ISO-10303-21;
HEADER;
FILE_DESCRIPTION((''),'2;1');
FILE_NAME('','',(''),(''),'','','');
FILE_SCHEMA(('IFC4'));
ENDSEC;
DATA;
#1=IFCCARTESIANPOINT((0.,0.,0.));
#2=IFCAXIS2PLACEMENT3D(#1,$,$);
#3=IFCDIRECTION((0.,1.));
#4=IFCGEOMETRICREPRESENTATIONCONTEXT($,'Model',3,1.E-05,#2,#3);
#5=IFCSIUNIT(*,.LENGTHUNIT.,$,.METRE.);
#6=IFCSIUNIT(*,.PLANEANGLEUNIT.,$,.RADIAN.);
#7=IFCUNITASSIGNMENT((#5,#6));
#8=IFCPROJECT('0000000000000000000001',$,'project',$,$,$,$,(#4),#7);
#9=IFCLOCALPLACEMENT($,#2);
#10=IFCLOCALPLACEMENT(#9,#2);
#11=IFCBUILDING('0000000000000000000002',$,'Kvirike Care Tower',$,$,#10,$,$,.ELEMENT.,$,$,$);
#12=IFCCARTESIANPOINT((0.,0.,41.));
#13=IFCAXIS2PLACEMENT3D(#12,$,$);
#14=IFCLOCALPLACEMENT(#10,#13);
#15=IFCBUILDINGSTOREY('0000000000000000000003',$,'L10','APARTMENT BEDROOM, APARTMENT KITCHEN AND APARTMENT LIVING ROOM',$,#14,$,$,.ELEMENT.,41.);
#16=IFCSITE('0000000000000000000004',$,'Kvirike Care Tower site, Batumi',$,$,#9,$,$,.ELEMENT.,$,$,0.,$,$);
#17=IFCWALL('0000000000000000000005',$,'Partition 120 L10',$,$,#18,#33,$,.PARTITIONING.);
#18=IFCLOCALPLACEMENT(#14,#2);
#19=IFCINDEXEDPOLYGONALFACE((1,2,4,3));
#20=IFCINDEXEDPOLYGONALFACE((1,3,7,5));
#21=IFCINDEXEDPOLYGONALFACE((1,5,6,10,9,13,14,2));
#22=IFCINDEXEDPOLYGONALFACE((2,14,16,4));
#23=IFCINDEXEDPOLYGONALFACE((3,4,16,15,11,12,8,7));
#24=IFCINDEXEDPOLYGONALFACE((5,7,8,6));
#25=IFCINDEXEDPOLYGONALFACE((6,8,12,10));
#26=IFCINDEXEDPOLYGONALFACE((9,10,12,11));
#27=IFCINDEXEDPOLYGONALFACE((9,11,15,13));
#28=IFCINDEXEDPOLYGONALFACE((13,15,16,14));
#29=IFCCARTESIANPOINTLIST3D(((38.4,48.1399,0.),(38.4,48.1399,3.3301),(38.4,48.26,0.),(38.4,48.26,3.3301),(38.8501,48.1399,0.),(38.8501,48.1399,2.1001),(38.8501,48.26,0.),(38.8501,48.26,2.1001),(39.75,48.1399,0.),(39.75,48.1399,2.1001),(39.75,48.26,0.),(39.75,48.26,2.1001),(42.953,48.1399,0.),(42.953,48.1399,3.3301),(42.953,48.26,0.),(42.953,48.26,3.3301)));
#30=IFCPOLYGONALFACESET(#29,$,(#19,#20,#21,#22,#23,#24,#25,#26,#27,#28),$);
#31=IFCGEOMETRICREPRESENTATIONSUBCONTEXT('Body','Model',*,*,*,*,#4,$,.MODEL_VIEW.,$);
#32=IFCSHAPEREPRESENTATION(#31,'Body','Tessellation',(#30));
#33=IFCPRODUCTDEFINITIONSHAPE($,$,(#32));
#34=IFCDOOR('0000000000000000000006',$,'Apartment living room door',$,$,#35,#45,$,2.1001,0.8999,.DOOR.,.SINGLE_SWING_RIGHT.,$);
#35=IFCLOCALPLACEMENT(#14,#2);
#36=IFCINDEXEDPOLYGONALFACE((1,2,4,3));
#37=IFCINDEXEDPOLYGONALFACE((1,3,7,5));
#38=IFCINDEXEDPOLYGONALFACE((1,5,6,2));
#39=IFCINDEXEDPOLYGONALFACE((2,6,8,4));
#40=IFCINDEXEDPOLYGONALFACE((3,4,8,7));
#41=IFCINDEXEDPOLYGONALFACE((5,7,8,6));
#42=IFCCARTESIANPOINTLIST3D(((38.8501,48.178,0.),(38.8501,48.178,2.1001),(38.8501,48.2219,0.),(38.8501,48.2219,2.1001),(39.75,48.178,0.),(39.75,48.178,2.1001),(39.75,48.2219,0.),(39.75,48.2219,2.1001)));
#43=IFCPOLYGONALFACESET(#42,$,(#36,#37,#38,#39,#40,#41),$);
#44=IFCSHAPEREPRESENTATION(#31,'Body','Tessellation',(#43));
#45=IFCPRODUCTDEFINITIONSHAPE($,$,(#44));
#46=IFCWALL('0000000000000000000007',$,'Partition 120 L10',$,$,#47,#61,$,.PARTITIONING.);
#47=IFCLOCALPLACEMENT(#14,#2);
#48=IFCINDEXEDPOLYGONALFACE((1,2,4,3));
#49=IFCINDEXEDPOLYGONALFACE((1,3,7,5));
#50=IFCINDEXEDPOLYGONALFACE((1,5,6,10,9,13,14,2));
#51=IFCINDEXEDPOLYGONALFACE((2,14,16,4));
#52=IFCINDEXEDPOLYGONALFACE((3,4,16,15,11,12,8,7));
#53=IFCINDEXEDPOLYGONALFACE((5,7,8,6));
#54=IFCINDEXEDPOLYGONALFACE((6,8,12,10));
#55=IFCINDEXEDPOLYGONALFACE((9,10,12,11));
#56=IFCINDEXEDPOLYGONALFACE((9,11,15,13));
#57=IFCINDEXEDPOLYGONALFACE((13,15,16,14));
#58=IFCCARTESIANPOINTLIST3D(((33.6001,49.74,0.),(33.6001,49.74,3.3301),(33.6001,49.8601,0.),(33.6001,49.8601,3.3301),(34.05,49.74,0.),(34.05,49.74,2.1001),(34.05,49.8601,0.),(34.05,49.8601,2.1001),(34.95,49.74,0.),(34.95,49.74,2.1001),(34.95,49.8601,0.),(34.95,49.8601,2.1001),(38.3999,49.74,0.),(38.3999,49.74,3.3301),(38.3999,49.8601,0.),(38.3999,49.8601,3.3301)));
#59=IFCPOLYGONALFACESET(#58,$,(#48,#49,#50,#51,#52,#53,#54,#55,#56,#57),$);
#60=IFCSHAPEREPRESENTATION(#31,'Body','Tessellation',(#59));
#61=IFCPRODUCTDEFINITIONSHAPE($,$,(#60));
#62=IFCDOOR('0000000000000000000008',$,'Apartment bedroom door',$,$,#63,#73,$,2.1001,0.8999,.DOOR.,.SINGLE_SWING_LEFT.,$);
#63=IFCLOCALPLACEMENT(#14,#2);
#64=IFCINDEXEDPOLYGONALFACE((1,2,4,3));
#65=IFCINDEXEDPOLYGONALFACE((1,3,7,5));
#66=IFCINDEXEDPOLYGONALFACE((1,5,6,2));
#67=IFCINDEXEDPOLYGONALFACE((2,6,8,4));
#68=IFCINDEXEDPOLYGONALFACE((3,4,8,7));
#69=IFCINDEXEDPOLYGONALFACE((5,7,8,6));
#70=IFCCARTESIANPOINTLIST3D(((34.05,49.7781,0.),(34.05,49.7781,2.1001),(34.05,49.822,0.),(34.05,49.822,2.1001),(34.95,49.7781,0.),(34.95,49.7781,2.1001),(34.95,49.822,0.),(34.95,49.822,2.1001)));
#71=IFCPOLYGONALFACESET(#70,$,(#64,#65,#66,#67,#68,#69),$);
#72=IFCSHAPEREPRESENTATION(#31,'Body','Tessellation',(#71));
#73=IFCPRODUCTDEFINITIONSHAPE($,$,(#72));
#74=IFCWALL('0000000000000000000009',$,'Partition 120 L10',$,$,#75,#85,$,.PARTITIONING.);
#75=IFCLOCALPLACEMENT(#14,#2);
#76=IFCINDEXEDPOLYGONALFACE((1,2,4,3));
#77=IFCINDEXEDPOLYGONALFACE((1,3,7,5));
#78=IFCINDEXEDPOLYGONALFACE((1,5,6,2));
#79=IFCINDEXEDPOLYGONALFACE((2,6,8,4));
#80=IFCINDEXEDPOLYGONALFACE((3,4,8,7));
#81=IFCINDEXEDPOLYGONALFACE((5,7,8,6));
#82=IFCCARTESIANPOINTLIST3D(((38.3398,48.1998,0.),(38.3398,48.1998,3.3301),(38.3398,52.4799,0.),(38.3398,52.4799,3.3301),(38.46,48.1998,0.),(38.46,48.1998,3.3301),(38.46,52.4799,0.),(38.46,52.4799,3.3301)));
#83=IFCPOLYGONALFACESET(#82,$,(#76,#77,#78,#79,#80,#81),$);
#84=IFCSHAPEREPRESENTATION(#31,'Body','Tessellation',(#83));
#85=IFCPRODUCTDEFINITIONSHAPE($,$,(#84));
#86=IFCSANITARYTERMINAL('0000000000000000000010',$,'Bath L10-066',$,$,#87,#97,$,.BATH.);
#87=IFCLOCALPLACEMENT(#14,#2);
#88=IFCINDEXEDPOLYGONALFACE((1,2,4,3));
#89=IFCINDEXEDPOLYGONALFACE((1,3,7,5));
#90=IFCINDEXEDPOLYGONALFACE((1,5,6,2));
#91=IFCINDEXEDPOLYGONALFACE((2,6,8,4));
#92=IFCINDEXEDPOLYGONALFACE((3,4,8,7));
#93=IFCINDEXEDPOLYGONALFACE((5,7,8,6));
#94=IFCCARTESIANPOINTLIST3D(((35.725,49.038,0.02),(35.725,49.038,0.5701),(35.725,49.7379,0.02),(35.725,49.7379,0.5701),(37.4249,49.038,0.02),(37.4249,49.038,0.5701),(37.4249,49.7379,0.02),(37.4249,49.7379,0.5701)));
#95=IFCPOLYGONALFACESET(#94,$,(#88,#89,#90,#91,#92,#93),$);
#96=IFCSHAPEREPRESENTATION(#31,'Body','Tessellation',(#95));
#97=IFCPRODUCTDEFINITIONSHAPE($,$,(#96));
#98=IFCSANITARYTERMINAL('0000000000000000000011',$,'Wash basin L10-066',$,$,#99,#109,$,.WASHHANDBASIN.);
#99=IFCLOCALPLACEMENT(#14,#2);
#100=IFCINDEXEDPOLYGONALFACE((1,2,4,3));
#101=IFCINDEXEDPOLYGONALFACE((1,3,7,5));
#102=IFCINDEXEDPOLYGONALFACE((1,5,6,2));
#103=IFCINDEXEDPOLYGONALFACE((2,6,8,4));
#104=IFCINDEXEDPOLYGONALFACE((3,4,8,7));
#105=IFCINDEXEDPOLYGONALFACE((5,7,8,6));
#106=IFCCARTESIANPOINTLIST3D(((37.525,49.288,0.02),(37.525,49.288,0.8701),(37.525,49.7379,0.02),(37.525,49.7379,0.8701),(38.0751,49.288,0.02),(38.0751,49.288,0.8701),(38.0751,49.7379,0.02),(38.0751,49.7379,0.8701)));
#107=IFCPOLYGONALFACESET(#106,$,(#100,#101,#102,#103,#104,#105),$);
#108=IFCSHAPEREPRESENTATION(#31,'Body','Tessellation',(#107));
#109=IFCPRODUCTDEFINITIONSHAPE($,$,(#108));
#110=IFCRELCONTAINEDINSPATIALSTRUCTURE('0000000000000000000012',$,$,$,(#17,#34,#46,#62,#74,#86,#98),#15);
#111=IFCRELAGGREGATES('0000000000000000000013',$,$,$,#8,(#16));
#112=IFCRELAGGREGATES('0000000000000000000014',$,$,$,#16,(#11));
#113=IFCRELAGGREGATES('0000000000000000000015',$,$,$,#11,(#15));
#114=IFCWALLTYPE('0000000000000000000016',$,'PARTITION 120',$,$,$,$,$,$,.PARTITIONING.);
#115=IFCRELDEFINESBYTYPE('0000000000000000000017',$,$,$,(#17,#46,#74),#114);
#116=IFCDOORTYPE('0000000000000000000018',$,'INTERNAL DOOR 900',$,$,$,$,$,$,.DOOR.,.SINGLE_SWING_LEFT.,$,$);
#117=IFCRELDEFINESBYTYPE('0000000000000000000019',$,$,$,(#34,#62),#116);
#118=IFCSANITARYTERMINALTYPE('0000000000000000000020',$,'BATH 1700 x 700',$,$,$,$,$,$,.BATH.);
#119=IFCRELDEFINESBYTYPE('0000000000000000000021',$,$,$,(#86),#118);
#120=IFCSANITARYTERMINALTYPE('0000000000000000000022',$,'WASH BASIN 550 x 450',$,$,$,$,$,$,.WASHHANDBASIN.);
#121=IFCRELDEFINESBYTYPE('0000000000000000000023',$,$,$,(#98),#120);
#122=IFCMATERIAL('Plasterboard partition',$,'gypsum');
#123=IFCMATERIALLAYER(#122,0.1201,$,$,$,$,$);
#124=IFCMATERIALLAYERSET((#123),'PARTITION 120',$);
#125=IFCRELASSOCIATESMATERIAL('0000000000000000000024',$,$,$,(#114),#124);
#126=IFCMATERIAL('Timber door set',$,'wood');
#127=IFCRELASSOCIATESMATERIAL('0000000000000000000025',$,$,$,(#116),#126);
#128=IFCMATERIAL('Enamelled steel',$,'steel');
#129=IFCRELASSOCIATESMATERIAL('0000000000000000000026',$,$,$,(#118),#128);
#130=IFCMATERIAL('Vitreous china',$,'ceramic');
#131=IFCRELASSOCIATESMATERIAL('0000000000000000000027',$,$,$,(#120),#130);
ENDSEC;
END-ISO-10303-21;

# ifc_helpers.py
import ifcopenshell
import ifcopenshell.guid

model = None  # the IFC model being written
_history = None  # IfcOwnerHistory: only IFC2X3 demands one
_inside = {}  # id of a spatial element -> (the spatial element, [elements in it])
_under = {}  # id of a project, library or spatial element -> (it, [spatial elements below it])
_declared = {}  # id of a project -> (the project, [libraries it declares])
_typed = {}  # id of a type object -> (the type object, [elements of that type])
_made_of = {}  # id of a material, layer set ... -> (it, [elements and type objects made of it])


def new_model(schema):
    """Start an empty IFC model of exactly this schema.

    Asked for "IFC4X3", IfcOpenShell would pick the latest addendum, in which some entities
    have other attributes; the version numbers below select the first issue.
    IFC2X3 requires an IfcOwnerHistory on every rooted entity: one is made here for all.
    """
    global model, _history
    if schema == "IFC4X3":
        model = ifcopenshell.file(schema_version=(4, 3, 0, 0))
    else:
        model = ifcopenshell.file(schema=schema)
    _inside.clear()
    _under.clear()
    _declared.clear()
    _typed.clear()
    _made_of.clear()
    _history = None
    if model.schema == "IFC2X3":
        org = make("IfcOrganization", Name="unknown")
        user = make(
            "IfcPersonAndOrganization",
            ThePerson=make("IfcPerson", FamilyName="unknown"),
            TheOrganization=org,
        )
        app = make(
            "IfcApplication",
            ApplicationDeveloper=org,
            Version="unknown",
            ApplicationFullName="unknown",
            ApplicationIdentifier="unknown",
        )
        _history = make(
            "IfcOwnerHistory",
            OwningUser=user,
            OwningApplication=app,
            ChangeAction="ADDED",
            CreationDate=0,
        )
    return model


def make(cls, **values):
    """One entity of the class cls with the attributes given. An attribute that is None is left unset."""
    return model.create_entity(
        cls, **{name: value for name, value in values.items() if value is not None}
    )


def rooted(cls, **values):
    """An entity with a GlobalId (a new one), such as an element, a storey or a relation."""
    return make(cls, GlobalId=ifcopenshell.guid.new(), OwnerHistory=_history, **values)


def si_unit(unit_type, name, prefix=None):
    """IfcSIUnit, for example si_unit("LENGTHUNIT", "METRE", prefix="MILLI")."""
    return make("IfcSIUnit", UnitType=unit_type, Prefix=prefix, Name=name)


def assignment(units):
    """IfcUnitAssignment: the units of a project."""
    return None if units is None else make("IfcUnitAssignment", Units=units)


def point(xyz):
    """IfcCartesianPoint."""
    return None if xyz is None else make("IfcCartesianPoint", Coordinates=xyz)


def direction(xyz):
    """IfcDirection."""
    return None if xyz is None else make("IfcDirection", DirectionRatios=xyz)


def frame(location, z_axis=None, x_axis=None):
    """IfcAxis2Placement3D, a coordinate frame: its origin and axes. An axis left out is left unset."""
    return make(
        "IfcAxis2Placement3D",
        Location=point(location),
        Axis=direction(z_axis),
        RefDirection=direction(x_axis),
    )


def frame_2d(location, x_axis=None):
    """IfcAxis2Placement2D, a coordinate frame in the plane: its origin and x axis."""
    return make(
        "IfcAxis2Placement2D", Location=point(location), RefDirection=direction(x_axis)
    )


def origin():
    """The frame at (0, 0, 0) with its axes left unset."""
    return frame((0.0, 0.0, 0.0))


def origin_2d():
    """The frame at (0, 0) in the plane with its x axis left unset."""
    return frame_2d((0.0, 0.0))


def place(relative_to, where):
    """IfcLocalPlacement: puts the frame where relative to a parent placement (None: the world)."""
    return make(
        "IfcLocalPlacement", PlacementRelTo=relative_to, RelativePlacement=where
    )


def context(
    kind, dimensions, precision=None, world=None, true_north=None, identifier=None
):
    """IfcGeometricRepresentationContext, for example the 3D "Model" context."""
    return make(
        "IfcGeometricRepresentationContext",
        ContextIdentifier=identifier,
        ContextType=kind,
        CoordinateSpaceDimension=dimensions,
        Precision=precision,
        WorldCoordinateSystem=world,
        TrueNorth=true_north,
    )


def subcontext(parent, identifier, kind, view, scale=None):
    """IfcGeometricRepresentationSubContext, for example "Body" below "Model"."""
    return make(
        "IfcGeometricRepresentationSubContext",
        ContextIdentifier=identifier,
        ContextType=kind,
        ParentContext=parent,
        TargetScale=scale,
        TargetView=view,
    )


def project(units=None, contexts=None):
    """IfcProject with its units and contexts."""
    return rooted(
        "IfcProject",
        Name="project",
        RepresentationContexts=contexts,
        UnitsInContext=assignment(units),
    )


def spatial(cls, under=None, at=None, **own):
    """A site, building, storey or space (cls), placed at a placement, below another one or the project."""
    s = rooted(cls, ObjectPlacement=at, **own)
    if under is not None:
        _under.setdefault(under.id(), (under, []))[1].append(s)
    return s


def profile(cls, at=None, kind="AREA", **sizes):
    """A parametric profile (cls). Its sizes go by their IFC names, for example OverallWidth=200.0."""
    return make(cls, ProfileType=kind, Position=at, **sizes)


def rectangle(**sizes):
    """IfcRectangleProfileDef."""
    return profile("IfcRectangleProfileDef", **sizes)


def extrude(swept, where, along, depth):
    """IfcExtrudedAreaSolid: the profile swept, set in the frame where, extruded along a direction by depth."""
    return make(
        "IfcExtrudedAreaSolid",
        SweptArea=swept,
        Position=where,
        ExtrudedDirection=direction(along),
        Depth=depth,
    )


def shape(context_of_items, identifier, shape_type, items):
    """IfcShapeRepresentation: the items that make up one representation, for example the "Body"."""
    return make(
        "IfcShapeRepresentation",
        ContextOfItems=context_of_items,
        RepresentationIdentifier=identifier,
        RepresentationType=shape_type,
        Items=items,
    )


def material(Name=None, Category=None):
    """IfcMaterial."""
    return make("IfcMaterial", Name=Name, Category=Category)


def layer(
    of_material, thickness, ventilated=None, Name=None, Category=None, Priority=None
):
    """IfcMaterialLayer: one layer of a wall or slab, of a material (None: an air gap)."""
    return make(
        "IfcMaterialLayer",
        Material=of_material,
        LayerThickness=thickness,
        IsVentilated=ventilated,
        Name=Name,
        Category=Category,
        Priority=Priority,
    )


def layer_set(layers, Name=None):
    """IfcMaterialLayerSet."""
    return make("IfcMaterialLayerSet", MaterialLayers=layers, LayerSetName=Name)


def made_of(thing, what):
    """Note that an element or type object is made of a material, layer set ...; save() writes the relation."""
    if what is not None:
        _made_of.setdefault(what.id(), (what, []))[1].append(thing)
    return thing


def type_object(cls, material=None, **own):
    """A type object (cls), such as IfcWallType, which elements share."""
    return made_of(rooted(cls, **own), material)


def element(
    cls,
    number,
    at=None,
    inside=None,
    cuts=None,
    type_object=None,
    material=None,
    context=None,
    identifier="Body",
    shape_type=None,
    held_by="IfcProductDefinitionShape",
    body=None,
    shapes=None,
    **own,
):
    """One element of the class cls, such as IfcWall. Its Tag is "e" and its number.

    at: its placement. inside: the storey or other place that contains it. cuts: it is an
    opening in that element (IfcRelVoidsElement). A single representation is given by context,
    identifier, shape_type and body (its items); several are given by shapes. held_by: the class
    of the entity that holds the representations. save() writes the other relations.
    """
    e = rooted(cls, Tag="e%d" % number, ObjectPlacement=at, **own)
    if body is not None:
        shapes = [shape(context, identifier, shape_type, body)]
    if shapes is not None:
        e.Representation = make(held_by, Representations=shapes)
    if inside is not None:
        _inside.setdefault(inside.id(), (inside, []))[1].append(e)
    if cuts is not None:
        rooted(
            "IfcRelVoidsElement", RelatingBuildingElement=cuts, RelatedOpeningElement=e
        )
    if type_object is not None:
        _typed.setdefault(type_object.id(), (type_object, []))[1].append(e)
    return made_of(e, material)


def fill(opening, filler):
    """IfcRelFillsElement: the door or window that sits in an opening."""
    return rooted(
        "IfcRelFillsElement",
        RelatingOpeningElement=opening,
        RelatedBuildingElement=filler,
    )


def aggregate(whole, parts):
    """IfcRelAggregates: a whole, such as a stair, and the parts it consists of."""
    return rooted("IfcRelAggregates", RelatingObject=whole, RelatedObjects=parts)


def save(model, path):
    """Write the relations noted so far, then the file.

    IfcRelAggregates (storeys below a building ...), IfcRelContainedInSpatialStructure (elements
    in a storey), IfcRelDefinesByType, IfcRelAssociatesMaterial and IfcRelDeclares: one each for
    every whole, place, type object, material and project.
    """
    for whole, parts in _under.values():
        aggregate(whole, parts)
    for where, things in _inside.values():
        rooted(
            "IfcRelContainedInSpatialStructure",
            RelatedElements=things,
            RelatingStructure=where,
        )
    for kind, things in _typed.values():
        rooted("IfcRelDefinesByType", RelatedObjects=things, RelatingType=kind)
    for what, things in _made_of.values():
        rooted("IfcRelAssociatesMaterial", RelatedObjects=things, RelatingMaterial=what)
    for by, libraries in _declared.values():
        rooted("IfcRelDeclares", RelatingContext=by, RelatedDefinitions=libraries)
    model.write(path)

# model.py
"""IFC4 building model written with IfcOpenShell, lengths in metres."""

from ifc_helpers import new_model, si_unit, direction, frame, frame_2d, origin, origin_2d, place, context, subcontext, project, spatial, rectangle, extrude, material, layer, layer_set, type_object, element, fill, save


model = new_model("IFC4")

# Units and contexts
model_context = context("Model", 3, precision=1e-05, world=origin(), true_north=direction((0.0, 1.0)))
body_context = subcontext(model_context, "Body", "Model", "MODEL_VIEW")
ifc_project = project(units=[si_unit("LENGTHUNIT", "METRE"), si_unit("PLANEANGLEUNIT", "RADIAN")], contexts=[model_context])

# Site, building, storey
site_placement = place(None, origin())
site = spatial("IfcSite", under=ifc_project, at=site_placement, Name="Kvirike Care Tower site, Batumi", CompositionType="ELEMENT", RefElevation=0.0)
building_placement = place(site_placement, origin())
building = spatial("IfcBuilding", under=site, at=building_placement, Name="Kvirike Care Tower", CompositionType="ELEMENT")
storey_placement = place(building_placement, frame((0.0, 0.0, 41.0)))
storey = spatial("IfcBuildingStorey", under=building, at=storey_placement, Name="L10", Description="APARTMENT BEDROOM, APARTMENT KITCHEN AND APARTMENT LIVING ROOM", CompositionType="ELEMENT", Elevation=41.0)

# Walls, openings, doors
ifc_material_1 = material(Name="Plasterboard partition", Category="gypsum")
ifc_layer_1 = layer(ifc_material_1, 0.1201)
ifc_layer_set_1 = layer_set([ifc_layer_1], Name="PARTITION 120")
wall_type_1 = type_object("IfcWallType", Name="PARTITION 120", PredefinedType="PARTITIONING", material=ifc_layer_set_1)
ifc_material_2 = material(Name="Timber door set", Category="wood")
door_type_1 = type_object("IfcDoorType", Name="INTERNAL DOOR 900", OperationType="SINGLE_SWING_LEFT", PredefinedType="DOOR", material=ifc_material_2)
wall_1_placement = place(storey_placement, frame((42.9529, 48.2, 0.0), z_axis=(0.0, 0.0, 1.0), x_axis=(-1.0, 0.0, 0.0)))
wall_1 = element("IfcWall", 1, at=wall_1_placement, inside=storey, type_object=wall_type_1, Name="Partition 120 L10", PredefinedType="PARTITIONING", context=body_context, shape_type="SweptSolid", body=[
    extrude(rectangle(XDim=4.553, YDim=0.1201, at=frame_2d((2.2764, 0.0))), origin(), (0.0, 0.0, 1.0), 3.3301),
])
opening_1_placement = place(wall_1_placement, frame((3.2029, 0.0, 0.0)))
opening_1 = element("IfcOpeningElement", 2, at=opening_1_placement, cuts=wall_1, PredefinedType="OPENING", context=body_context, shape_type="SweptSolid", body=[
    extrude(rectangle(XDim=0.8999, YDim=2.1001, at=frame_2d((0.45, 1.05))), frame((0.0, 0.0706, 0.0), z_axis=(0.0, -1.0, 0.0), x_axis=(1.0, 0.0, 0.0)), (0.0, 0.0, 1.0), 0.1411),
])
door_1_placement = place(opening_1_placement, frame((0.8999, 0.0, 0.0), z_axis=(0.0, 0.0, 1.0), x_axis=(-1.0, 0.0, 0.0)))
door_1 = element("IfcDoor", 3, at=door_1_placement, inside=storey, type_object=door_type_1, Name="Apartment living room door", OperationType="SINGLE_SWING_RIGHT", OverallHeight=2.1001, OverallWidth=0.8999, PredefinedType="DOOR", context=body_context, shape_type="SweptSolid", body=[
    extrude(rectangle(XDim=0.8999, YDim=2.1001, at=frame_2d((0.45, 1.05))), frame((0.0, 0.022, 0.0), z_axis=(0.0, -1.0, 0.0), x_axis=(1.0, 0.0, 0.0)), (0.0, 0.0, 1.0), 0.0439),
])
fill(opening_1, door_1)
wall_2_placement = place(storey_placement, frame((38.3999, 49.8, 0.0), z_axis=(0.0, 0.0, 1.0), x_axis=(-1.0, 0.0, 0.0)))
wall_2 = element("IfcWall", 4, at=wall_2_placement, inside=storey, type_object=wall_type_1, Name="Partition 120 L10", PredefinedType="PARTITIONING", context=body_context, shape_type="SweptSolid", body=[
    extrude(rectangle(XDim=4.7998, YDim=0.1201, at=frame_2d((2.3999, 0.0))), origin(), (0.0, 0.0, 1.0), 3.3301),
])
opening_2_placement = place(wall_2_placement, frame((3.45, 0.0, 0.0)))
opening_2 = element("IfcOpeningElement", 5, at=opening_2_placement, cuts=wall_2, PredefinedType="OPENING", context=body_context, shape_type="SweptSolid", body=[
    extrude(rectangle(XDim=0.8999, YDim=2.1001, at=frame_2d((0.45, 1.05))), frame((0.0, 0.0706, 0.0), z_axis=(0.0, -1.0, 0.0), x_axis=(1.0, 0.0, 0.0)), (0.0, 0.0, 1.0), 0.1411),
])
door_2_placement = place(opening_2_placement, origin())
door_2 = element("IfcDoor", 6, at=door_2_placement, inside=storey, type_object=door_type_1, Name="Apartment bedroom door", OperationType="SINGLE_SWING_LEFT", OverallHeight=2.1001, OverallWidth=0.8999, PredefinedType="DOOR", context=body_context, shape_type="SweptSolid", body=[
    extrude(rectangle(XDim=0.8999, YDim=2.1001, at=frame_2d((0.45, 1.05))), frame((0.0, 0.022, 0.0), z_axis=(0.0, -1.0, 0.0), x_axis=(1.0, 0.0, 0.0)), (0.0, 0.0, 1.0), 0.0439),
])
fill(opening_2, door_2)

# Wall
wall_3_placement = place(storey_placement, frame((38.3999, 52.48, 0.0), z_axis=(0.0, 0.0, 1.0), x_axis=(0.0, -1.0, 0.0)))
element("IfcWall", 7, at=wall_3_placement, inside=storey, type_object=wall_type_1, Name="Partition 120 L10", PredefinedType="PARTITIONING", context=body_context, shape_type="SweptSolid", body=[
    extrude(rectangle(XDim=4.28, YDim=0.1201, at=frame_2d((2.1401, 0.0))), origin(), (0.0, 0.0, 1.0), 3.3301),
])

# Sanitary terminals
ifc_material_3 = material(Name="Enamelled steel", Category="steel")
sanitary_terminal_type_1 = type_object("IfcSanitaryTerminalType", Name="BATH 1700 x 700", PredefinedType="BATH", material=ifc_material_3)
sanitary_terminal_1_placement = place(storey_placement, frame((36.575, 49.3879, 0.02), z_axis=(0.0, 0.0, 1.0), x_axis=(1.0, 0.0, 0.0)))
element("IfcSanitaryTerminal", 8, at=sanitary_terminal_1_placement, inside=storey, type_object=sanitary_terminal_type_1, Name="Bath L10-066", PredefinedType="BATH", context=body_context, shape_type="SweptSolid", body=[
    extrude(rectangle(XDim=1.7, YDim=0.7, at=origin_2d()), origin(), (0.0, 0.0, 1.0), 0.55),
])
ifc_material_4 = material(Name="Vitreous china", Category="ceramic")
sanitary_terminal_type_2 = type_object("IfcSanitaryTerminalType", Name="WASH BASIN 550 x 450", PredefinedType="WASHHANDBASIN", material=ifc_material_4)
sanitary_terminal_2_placement = place(storey_placement, frame((37.8, 49.5129, 0.02), z_axis=(0.0, 0.0, 1.0), x_axis=(1.0, 0.0, 0.0)))
element("IfcSanitaryTerminal", 9, at=sanitary_terminal_2_placement, inside=storey, type_object=sanitary_terminal_type_2, Name="Wash basin L10-066", PredefinedType="WASHHANDBASIN", context=body_context, shape_type="SweptSolid", body=[
    extrude(rectangle(XDim=0.55, YDim=0.45, at=origin_2d()), origin(), (0.0, 0.0, 1.0), 0.8501),
])

save(model, "model.ifc")
